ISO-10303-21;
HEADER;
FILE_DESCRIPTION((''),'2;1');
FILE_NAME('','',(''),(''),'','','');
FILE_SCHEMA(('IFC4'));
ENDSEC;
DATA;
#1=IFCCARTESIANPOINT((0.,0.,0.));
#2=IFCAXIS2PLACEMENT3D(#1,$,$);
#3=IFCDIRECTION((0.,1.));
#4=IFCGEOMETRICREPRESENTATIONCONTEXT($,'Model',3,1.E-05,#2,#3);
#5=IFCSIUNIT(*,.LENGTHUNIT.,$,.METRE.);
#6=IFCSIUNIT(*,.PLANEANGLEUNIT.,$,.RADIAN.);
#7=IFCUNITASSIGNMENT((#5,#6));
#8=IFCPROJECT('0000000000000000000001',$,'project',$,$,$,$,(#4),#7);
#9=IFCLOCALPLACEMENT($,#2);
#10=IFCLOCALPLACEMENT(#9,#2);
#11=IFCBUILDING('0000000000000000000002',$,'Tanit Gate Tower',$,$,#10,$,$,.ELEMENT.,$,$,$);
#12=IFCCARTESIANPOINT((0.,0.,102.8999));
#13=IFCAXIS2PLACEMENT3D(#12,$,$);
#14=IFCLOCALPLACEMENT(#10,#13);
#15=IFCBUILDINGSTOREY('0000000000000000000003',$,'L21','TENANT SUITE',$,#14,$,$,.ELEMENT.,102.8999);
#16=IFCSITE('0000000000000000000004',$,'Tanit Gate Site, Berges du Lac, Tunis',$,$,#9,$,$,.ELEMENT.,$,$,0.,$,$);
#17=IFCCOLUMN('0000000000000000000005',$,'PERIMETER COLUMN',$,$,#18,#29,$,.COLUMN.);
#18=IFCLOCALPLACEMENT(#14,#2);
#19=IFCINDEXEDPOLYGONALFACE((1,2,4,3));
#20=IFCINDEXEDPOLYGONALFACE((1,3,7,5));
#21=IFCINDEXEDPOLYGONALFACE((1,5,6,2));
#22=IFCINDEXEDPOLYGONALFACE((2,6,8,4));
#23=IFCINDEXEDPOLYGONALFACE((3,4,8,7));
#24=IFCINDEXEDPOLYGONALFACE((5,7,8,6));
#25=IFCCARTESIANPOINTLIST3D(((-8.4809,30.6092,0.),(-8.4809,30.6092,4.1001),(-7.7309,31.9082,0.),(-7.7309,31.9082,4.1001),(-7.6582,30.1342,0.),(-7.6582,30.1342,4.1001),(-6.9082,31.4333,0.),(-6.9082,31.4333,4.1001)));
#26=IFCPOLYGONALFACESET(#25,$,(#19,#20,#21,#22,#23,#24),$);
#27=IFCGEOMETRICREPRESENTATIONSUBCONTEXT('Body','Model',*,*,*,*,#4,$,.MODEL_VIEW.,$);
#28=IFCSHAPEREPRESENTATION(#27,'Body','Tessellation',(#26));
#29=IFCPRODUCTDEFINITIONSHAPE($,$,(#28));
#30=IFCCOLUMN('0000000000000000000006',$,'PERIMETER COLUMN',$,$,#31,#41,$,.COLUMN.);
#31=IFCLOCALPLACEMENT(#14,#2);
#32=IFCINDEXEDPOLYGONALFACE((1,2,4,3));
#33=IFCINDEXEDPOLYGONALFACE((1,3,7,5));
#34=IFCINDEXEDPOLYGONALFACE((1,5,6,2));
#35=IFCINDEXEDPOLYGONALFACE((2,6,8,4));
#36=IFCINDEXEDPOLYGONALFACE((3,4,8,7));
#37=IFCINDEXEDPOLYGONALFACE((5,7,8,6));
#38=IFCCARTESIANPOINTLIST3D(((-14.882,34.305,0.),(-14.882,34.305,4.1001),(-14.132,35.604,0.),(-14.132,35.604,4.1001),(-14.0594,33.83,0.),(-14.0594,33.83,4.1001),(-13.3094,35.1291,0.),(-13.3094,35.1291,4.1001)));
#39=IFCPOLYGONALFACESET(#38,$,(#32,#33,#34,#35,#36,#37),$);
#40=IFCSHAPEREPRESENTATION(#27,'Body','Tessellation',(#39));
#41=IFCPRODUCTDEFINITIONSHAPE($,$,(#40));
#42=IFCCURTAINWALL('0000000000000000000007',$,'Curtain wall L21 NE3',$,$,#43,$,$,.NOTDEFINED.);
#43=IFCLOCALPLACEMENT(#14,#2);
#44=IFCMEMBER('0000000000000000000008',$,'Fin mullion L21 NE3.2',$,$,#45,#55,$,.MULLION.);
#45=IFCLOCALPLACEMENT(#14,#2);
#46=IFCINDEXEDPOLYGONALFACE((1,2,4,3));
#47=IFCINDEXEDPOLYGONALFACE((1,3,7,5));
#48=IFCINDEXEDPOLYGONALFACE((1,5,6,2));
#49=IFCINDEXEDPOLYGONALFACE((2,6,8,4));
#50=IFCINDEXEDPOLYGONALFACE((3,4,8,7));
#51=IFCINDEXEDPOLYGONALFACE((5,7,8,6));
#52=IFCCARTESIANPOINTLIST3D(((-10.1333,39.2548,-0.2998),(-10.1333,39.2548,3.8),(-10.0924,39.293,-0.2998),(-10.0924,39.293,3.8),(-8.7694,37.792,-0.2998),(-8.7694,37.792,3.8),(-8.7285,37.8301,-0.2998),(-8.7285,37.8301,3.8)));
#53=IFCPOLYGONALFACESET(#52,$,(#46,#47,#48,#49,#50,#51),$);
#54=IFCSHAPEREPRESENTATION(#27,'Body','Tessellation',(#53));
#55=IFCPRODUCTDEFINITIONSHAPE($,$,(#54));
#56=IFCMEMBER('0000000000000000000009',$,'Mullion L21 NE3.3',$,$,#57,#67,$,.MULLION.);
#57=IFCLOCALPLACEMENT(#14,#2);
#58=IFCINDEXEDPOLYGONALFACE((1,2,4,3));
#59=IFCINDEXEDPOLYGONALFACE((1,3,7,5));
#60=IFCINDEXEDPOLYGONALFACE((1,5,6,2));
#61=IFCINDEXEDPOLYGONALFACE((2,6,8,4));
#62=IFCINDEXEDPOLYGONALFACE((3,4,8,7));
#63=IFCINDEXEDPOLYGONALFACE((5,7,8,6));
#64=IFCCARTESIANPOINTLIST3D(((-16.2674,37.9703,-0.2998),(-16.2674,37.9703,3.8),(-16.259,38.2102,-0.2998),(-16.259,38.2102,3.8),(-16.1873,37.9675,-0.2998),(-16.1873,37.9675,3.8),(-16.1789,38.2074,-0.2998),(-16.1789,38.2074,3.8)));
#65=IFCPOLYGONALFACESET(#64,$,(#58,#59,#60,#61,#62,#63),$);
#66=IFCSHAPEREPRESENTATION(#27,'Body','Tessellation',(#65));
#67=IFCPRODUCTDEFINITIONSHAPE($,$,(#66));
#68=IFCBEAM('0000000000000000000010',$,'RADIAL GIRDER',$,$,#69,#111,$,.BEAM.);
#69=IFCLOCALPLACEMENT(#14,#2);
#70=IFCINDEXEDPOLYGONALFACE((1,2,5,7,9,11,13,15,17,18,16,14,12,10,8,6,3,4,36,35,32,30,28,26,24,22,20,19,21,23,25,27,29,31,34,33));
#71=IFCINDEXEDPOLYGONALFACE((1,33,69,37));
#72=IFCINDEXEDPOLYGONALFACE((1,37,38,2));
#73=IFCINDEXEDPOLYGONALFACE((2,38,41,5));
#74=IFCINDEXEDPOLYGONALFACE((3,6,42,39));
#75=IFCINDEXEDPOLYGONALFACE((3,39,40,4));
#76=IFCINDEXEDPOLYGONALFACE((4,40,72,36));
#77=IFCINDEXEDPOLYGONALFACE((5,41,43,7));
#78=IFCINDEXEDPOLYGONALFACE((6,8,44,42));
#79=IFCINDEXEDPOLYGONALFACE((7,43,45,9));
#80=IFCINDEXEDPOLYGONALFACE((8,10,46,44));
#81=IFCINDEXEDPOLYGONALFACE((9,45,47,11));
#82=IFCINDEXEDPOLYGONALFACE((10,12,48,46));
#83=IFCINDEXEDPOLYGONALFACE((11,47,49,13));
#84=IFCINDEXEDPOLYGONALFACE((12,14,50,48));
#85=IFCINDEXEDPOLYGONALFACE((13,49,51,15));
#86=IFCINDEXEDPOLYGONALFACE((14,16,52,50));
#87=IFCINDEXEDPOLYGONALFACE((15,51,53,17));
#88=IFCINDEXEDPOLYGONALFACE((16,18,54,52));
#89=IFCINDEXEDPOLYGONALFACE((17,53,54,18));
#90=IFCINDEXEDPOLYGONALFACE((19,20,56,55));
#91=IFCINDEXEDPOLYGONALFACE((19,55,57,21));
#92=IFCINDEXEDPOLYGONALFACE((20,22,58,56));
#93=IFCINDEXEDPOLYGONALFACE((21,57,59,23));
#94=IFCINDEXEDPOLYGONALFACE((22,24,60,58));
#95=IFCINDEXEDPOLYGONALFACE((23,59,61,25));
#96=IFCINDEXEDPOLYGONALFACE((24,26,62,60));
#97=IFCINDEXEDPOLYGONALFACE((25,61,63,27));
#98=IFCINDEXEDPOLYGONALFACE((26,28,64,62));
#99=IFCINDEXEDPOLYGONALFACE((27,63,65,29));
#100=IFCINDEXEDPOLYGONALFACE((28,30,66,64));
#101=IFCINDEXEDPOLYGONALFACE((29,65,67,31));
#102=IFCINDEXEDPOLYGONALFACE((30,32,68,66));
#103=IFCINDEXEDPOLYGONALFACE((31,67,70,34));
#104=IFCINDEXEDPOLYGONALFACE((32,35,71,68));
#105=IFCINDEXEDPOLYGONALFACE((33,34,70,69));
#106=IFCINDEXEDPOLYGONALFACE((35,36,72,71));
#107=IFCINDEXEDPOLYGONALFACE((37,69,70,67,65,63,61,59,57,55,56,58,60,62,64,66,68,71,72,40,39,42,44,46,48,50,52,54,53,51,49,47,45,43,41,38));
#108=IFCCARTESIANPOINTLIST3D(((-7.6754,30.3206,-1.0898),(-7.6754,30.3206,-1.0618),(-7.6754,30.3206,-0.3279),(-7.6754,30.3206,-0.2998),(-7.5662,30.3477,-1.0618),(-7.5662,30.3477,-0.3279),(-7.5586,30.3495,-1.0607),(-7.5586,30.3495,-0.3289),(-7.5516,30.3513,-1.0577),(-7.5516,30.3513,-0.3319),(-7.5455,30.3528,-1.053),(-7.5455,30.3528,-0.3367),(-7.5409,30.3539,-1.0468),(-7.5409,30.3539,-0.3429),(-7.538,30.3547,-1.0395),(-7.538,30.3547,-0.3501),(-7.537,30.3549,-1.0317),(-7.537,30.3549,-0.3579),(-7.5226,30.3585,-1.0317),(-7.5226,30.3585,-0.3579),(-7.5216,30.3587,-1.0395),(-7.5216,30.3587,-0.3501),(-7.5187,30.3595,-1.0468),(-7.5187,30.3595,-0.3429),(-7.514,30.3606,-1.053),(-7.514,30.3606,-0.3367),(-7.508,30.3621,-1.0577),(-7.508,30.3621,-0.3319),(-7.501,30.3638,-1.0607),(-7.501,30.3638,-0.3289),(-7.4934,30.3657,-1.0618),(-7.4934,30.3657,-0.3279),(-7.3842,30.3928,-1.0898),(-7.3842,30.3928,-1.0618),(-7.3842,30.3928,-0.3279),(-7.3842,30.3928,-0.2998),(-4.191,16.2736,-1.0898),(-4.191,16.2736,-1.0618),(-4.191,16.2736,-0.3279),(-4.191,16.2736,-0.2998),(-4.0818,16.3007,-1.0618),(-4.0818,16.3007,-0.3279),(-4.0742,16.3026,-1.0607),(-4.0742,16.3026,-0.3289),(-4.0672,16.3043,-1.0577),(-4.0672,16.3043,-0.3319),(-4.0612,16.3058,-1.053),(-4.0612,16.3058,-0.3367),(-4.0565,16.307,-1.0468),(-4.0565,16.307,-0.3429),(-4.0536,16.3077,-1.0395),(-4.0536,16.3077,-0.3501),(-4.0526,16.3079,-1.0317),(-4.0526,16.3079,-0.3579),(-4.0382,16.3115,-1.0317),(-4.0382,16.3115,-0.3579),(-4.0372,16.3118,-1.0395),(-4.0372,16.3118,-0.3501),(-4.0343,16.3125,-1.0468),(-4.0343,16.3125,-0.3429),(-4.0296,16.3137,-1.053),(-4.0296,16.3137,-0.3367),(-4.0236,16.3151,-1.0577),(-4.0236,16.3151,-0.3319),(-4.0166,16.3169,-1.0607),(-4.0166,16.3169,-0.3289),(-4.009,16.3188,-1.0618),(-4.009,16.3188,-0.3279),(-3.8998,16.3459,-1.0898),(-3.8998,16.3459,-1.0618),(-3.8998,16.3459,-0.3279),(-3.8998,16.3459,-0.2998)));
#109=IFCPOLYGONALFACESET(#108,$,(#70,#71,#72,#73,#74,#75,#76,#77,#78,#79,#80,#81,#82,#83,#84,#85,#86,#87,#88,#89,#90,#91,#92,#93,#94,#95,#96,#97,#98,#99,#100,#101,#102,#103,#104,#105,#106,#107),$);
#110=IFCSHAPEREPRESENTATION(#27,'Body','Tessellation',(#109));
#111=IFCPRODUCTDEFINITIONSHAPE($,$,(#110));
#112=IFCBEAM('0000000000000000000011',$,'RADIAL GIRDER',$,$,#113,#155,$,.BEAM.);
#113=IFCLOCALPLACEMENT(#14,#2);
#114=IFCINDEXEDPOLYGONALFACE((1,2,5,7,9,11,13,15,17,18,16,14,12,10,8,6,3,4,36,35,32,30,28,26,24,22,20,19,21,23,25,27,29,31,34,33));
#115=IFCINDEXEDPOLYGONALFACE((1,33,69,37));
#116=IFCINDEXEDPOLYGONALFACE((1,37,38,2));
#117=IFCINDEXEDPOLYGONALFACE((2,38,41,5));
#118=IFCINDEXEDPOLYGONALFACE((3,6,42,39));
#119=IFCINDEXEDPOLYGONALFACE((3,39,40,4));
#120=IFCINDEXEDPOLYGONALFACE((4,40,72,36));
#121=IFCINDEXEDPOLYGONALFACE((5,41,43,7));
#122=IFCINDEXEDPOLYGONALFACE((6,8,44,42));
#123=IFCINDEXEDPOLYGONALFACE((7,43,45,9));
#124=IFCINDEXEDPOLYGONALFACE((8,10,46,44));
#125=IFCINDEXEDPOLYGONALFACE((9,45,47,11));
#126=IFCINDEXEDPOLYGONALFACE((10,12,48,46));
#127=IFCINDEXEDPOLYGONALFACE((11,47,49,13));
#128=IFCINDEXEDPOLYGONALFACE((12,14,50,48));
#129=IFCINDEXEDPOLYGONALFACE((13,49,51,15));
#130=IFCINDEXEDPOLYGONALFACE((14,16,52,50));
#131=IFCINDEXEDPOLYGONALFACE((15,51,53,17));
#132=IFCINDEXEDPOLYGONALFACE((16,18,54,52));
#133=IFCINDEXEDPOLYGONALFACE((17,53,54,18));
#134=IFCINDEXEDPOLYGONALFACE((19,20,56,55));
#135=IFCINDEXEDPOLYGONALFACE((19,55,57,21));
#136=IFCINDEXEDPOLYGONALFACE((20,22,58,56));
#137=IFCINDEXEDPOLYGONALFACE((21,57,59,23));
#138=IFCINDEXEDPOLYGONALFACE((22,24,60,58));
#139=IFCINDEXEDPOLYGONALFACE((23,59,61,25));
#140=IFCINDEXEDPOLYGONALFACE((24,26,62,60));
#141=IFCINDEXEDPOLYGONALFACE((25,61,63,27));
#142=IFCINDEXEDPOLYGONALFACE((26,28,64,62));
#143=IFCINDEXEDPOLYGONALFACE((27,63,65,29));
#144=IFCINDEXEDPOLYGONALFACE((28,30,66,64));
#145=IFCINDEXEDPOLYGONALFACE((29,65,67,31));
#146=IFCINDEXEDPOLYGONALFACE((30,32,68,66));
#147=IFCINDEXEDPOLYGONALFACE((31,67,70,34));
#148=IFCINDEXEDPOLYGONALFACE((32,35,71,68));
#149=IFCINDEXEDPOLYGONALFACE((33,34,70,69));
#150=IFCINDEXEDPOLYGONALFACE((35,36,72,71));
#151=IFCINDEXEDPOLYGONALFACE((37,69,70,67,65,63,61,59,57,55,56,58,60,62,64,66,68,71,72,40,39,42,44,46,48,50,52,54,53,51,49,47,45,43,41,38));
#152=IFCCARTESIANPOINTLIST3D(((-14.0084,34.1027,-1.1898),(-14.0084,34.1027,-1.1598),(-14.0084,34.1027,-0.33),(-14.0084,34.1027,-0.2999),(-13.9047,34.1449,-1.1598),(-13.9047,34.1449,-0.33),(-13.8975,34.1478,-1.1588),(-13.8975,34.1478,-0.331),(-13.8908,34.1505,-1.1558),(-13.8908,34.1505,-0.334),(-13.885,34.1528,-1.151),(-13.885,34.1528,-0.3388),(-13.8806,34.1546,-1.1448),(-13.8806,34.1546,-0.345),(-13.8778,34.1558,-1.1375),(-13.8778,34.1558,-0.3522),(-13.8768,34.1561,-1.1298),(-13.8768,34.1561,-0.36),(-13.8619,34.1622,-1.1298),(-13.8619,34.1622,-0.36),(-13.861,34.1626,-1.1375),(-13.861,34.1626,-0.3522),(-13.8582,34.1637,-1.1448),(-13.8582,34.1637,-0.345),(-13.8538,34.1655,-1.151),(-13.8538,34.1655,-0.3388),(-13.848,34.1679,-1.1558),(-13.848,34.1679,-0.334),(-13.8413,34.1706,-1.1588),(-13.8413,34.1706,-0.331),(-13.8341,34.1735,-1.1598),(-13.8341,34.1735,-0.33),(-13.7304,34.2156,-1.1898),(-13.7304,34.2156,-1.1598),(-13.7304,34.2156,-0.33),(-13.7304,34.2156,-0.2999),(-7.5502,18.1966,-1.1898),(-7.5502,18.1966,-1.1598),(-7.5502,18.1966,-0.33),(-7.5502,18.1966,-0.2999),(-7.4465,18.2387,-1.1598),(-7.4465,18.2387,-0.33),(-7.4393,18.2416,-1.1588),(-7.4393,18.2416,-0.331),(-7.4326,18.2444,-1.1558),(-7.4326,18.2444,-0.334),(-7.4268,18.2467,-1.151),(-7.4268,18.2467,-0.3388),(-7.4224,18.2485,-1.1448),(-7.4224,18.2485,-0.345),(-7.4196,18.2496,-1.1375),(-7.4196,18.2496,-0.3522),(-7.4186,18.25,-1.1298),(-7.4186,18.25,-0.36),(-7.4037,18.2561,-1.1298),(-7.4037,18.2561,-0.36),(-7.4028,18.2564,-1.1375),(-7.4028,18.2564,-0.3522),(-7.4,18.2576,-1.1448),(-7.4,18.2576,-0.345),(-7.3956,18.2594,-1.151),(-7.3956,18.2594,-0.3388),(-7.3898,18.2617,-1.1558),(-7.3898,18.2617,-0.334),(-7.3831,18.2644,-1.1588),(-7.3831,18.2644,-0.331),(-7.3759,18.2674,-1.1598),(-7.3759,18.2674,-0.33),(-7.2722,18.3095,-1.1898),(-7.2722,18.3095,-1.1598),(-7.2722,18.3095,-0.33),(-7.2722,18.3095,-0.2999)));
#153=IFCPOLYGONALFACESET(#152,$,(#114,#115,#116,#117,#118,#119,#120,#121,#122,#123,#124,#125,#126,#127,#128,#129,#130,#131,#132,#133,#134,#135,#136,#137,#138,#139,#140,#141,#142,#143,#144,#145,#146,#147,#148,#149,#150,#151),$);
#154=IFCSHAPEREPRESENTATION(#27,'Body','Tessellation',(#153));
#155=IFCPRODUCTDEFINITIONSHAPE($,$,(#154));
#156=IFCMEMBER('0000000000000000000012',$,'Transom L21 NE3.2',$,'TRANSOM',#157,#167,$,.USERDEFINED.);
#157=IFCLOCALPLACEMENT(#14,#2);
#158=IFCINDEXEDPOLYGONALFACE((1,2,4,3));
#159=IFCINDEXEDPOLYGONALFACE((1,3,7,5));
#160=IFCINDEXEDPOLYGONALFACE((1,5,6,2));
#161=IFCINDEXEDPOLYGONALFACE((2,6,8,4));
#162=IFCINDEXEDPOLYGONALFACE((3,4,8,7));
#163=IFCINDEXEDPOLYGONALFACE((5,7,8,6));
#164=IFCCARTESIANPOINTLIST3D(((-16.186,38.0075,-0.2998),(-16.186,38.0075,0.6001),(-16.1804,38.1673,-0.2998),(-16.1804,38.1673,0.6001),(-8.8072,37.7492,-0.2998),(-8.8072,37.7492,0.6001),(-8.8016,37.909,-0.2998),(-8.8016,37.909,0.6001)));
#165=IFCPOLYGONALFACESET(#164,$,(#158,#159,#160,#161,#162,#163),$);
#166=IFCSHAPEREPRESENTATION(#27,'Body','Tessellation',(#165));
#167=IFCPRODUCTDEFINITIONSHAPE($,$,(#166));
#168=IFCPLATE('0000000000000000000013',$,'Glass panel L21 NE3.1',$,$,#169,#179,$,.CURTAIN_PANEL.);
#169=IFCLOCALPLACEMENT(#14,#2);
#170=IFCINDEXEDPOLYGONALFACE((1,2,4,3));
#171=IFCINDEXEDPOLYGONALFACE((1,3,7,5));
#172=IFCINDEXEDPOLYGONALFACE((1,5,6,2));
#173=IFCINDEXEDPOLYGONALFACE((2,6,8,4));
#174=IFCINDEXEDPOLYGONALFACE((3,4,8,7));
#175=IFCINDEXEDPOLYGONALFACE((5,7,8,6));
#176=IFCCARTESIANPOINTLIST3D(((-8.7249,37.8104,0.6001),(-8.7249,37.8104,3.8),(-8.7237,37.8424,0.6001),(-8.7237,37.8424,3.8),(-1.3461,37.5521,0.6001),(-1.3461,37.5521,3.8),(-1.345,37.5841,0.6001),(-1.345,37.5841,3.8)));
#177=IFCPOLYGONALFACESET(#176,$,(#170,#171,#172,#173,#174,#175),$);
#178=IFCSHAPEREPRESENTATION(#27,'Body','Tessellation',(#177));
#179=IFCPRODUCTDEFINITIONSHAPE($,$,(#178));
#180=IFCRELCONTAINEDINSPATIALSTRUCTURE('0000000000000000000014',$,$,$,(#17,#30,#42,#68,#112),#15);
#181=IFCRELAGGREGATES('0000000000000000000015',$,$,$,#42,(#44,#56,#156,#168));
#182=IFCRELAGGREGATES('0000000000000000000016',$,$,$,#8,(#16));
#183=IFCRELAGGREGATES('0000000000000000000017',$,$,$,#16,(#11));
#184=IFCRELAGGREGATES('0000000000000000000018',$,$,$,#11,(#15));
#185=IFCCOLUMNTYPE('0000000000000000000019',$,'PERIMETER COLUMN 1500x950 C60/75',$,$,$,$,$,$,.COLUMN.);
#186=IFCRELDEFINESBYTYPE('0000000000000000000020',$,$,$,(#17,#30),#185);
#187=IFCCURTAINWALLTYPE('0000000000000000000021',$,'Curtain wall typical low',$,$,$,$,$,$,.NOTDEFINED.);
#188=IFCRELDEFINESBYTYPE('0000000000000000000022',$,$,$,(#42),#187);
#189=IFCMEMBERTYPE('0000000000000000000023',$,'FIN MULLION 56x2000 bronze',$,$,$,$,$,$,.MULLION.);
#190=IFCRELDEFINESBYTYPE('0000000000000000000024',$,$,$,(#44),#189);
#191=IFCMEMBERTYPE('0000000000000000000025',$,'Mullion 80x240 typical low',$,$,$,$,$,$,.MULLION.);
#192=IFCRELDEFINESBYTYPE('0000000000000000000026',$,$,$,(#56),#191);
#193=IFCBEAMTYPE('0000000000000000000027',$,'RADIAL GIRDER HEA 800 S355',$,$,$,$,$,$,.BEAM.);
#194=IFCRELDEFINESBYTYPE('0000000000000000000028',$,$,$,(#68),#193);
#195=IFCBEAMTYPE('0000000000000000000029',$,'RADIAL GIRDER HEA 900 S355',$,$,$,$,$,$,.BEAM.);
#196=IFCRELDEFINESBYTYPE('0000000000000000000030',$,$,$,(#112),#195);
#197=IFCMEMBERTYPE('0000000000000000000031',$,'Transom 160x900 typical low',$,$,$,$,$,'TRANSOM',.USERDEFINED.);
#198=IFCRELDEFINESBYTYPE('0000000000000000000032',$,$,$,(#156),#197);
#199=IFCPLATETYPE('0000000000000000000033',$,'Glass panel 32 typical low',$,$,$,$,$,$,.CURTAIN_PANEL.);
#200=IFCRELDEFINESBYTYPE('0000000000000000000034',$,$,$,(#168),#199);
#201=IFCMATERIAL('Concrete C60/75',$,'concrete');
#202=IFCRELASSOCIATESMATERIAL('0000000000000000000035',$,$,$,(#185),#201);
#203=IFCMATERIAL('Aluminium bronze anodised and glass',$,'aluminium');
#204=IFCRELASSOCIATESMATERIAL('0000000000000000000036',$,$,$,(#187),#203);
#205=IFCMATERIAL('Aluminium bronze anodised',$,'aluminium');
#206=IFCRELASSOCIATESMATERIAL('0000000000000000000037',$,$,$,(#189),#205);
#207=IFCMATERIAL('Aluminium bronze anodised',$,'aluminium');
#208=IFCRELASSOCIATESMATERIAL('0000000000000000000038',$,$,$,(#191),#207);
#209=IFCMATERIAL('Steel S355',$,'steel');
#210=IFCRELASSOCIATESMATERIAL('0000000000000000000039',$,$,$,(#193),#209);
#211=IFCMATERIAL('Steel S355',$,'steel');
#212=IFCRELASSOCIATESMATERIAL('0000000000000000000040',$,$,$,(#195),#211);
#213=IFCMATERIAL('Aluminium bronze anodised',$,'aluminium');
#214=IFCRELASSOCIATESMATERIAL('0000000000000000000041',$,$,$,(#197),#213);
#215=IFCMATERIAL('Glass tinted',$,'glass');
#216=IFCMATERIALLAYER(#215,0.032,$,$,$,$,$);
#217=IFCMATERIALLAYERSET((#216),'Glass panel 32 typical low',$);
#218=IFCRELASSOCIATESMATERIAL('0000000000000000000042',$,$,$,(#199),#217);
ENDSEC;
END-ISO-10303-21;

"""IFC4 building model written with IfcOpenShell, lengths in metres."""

from ifc_helpers import new_model, si_unit, direction, frame, origin, origin_2d, place, context, subcontext, project, spatial, rectangle, i_section, extrude, material, layer, layer_set, material_profile, profile_set, type_object, element, aggregate, save


model = new_model("IFC4")

# Units and contexts
model_context = context("Model", 3, precision=1e-05, world=origin(), true_north=direction((0.0, 1.0)))
body_context = subcontext(model_context, "Body", "Model", "MODEL_VIEW")
ifc_project = project(units=[si_unit("LENGTHUNIT", "METRE"), si_unit("PLANEANGLEUNIT", "RADIAN")], contexts=[model_context])

# Site, building, storey
site_placement = place(None, origin())
site = spatial("IfcSite", under=ifc_project, at=site_placement, Name="Tanit Gate Site, Berges du Lac, Tunis", CompositionType="ELEMENT", RefElevation=0.0)
building_placement = place(site_placement, origin())
building = spatial("IfcBuilding", under=site, at=building_placement, Name="Tanit Gate Tower", CompositionType="ELEMENT")
storey_placement = place(building_placement, frame((0.0, 0.0, 102.8999)))
storey = spatial("IfcBuildingStorey", under=building, at=storey_placement, Name="L21", Description="TENANT SUITE", CompositionType="ELEMENT", Elevation=102.8999)

# Columns
ifc_material_1 = material(Name="Concrete C60/75", Category="concrete")
ifc_material_profile_1 = material_profile(ifc_material_1, rectangle(XDim=1.5, YDim=0.95, at=origin_2d()), Name="RC 1500x950")
ifc_profile_set_1 = profile_set([ifc_material_profile_1], Name="Concrete C60/75")
column_type = type_object("IfcColumnType", Name="PERIMETER COLUMN 1500x950 C60/75", PredefinedType="COLUMN", material=ifc_profile_set_1)
for number, where, z_axis, x_axis, name in (
    (1, (-7.6946, 31.0212, 0.0), (0.0, 0.0, 1.0), (0.5, 0.866025, 0.0), "PERIMETER COLUMN"),
    (2, (-14.0957, 34.717, 0.0), (0.0, 0.0, 1.0), (0.5, 0.866025, 0.0), "PERIMETER COLUMN"),
):
    element("IfcColumn", number, at=place(storey_placement, frame(where, z_axis=z_axis, x_axis=x_axis)), inside=storey, type_object=column_type, Name=name, PredefinedType="COLUMN", context=body_context, shape_type="SweptSolid", body=[
        extrude(rectangle(XDim=1.5, YDim=0.95, at=origin_2d()), origin(), (0.0, 0.0, 1.0), 4.1001),
    ])

# Curtain wall, members
ifc_material_2 = material(Name="Aluminium bronze anodised and glass", Category="aluminium")
curtain_wall_type = type_object("IfcCurtainWallType", Name="Curtain wall typical low", PredefinedType="NOTDEFINED", material=ifc_material_2)
curtain_wall_placement = place(storey_placement, origin())
curtain_wall = element("IfcCurtainWall", 3, at=curtain_wall_placement, inside=storey, type_object=curtain_wall_type, Name="Curtain wall L21 NE3", PredefinedType="NOTDEFINED")
ifc_material_3 = material(Name="Aluminium bronze anodised", Category="aluminium")
ifc_material_profile_2 = material_profile(ifc_material_3, rectangle(XDim=2.0, YDim=0.0559, at=origin_2d()), Name="56x2000 bronze fin mullion")
ifc_profile_set_2 = profile_set([ifc_material_profile_2], Name="Aluminium bronze anodised")
member_type_1 = type_object("IfcMemberType", Name="FIN MULLION 56x2000 bronze", PredefinedType="MULLION", material=ifc_profile_set_2)
member_1_placement = place(storey_placement, frame((-9.4309, 38.5425, -0.2998), z_axis=(0.0, 0.0, 1.0), x_axis=(0.681936, -0.731412, 0.0)))
member_1 = element("IfcMember", 4, at=member_1_placement, type_object=member_type_1, Name="Fin mullion L21 NE3.2", PredefinedType="MULLION", context=body_context, shape_type="SweptSolid", body=[
    extrude(rectangle(XDim=2.0, YDim=0.0559, at=origin_2d()), origin(), (0.0, 0.0, 1.0), 4.0999),
])
ifc_material_4 = material(Name="Aluminium bronze anodised", Category="aluminium")
ifc_material_profile_3 = material_profile(ifc_material_4, rectangle(XDim=0.24, YDim=0.0801, at=origin_2d()), Name="80x240 bronze mullion")
ifc_profile_set_3 = profile_set([ifc_material_profile_3], Name="Aluminium bronze anodised")
member_type_2 = type_object("IfcMemberType", Name="Mullion 80x240 typical low", PredefinedType="MULLION", material=ifc_profile_set_3)
member_2_placement = place(storey_placement, frame((-16.2231, 38.0889, -0.2998), z_axis=(0.0, 0.0, 1.0), x_axis=(-0.034985, -0.999388, 0.0)))
member_2 = element("IfcMember", 5, at=member_2_placement, type_object=member_type_2, Name="Mullion L21 NE3.3", PredefinedType="MULLION", context=body_context, shape_type="SweptSolid", body=[
    extrude(rectangle(XDim=0.24, YDim=0.0801, at=origin_2d()), origin(), (0.0, 0.0, 1.0), 4.0999),
])

# Beams
ifc_material_5 = material(Name="Steel S355", Category="steel")
ifc_material_profile_4 = material_profile(ifc_material_5, i_section(OverallWidth=0.3, OverallDepth=0.79, WebThickness=0.0149, FlangeThickness=0.0281, FilletRadius=0.03, at=origin_2d()), Name="HEA 800")
ifc_profile_set_4 = profile_set([ifc_material_profile_4], Name="Steel S355")
beam_type_1 = type_object("IfcBeamType", Name="RADIAL GIRDER HEA 800 S355", PredefinedType="BEAM", material=ifc_profile_set_4)
beam_1_placement = place(storey_placement, frame((-7.5298, 30.3567, -0.6948), z_axis=(0.240757, -0.970585, 0.0), x_axis=(0.970585, 0.240757, 0.0)))
element("IfcBeam", 6, at=beam_1_placement, inside=storey, type_object=beam_type_1, Name="RADIAL GIRDER", PredefinedType="BEAM", context=body_context, shape_type="SweptSolid", body=[
    extrude(i_section(OverallWidth=0.3, OverallDepth=0.79, WebThickness=0.0149, FlangeThickness=0.0281, FilletRadius=0.03, at=origin_2d()), origin(), (0.0, 0.0, 1.0), 14.4727),
])
ifc_material_6 = material(Name="Steel S355", Category="steel")
ifc_material_profile_5 = material_profile(ifc_material_6, i_section(OverallWidth=0.3, OverallDepth=0.8899, WebThickness=0.0161, FlangeThickness=0.03, FilletRadius=0.03, at=origin_2d()), Name="HEA 900")
ifc_profile_set_5 = profile_set([ifc_material_profile_5], Name="Steel S355")
beam_type_2 = type_object("IfcBeamType", Name="RADIAL GIRDER HEA 900 S355", PredefinedType="BEAM", material=ifc_profile_set_5)
beam_2_placement = place(storey_placement, frame((-13.8694, 34.1592, -0.7449), z_axis=(0.376194, -0.926541, 0.0), x_axis=(0.926541, 0.376194, 0.0)))
element("IfcBeam", 7, at=beam_2_placement, inside=storey, type_object=beam_type_2, Name="RADIAL GIRDER", PredefinedType="BEAM", context=body_context, shape_type="SweptSolid", body=[
    extrude(i_section(OverallWidth=0.3, OverallDepth=0.8899, WebThickness=0.0161, FlangeThickness=0.03, FilletRadius=0.03, at=origin_2d()), origin(), (0.0, 0.0, 1.0), 17.1672),
])

# Member
ifc_material_7 = material(Name="Aluminium bronze anodised", Category="aluminium")
ifc_material_profile_6 = material_profile(ifc_material_7, rectangle(XDim=0.1599, YDim=0.8999, at=origin_2d()), Name="160x900 bronze transom")
ifc_profile_set_6 = profile_set([ifc_material_profile_6], Name="Aluminium bronze anodised")
member_type_3 = type_object("IfcMemberType", Name="Transom 160x900 typical low", ElementType="TRANSOM", PredefinedType="USERDEFINED", material=ifc_profile_set_6)
member_3_placement = place(storey_placement, frame((-8.8044, 37.8291, 0.1501), z_axis=(-0.999388, 0.034985, 0.0), x_axis=(-0.034985, -0.999388, 0.0)))
member_3 = element("IfcMember", 8, at=member_3_placement, type_object=member_type_3, Name="Transom L21 NE3.2", ObjectType="TRANSOM", PredefinedType="USERDEFINED", context=body_context, shape_type="SweptSolid", body=[
    extrude(rectangle(XDim=0.1599, YDim=0.8999, at=origin_2d()), origin(), (0.0, 0.0, 1.0), 7.3833),
])

# Plate
ifc_material_8 = material(Name="Glass tinted", Category="glass")
ifc_layer_1 = layer(ifc_material_8, 0.032)
ifc_layer_set_1 = layer_set([ifc_layer_1], Name="Glass panel 32 typical low")
plate_type = type_object("IfcPlateType", Name="Glass panel 32 typical low", PredefinedType="CURTAIN_PANEL", material=ifc_layer_set_1)
plate_1_placement = place(storey_placement, frame((-5.0349, 37.6973, 0.6001), z_axis=(0.0, 0.0, 1.0), x_axis=(-0.999388, 0.034985, 0.0)))
plate_1 = element("IfcPlate", 9, at=plate_1_placement, type_object=plate_type, Name="Glass panel L21 NE3.1", PredefinedType="CURTAIN_PANEL", context=body_context, shape_type="SweptSolid", body=[
    extrude(rectangle(XDim=7.3833, YDim=0.032, at=origin_2d()), origin(), (0.0, 0.0, 1.0), 3.2),
])
aggregate(curtain_wall, [member_1, member_2, member_3, plate_1])

save(model, "model.ifc")
